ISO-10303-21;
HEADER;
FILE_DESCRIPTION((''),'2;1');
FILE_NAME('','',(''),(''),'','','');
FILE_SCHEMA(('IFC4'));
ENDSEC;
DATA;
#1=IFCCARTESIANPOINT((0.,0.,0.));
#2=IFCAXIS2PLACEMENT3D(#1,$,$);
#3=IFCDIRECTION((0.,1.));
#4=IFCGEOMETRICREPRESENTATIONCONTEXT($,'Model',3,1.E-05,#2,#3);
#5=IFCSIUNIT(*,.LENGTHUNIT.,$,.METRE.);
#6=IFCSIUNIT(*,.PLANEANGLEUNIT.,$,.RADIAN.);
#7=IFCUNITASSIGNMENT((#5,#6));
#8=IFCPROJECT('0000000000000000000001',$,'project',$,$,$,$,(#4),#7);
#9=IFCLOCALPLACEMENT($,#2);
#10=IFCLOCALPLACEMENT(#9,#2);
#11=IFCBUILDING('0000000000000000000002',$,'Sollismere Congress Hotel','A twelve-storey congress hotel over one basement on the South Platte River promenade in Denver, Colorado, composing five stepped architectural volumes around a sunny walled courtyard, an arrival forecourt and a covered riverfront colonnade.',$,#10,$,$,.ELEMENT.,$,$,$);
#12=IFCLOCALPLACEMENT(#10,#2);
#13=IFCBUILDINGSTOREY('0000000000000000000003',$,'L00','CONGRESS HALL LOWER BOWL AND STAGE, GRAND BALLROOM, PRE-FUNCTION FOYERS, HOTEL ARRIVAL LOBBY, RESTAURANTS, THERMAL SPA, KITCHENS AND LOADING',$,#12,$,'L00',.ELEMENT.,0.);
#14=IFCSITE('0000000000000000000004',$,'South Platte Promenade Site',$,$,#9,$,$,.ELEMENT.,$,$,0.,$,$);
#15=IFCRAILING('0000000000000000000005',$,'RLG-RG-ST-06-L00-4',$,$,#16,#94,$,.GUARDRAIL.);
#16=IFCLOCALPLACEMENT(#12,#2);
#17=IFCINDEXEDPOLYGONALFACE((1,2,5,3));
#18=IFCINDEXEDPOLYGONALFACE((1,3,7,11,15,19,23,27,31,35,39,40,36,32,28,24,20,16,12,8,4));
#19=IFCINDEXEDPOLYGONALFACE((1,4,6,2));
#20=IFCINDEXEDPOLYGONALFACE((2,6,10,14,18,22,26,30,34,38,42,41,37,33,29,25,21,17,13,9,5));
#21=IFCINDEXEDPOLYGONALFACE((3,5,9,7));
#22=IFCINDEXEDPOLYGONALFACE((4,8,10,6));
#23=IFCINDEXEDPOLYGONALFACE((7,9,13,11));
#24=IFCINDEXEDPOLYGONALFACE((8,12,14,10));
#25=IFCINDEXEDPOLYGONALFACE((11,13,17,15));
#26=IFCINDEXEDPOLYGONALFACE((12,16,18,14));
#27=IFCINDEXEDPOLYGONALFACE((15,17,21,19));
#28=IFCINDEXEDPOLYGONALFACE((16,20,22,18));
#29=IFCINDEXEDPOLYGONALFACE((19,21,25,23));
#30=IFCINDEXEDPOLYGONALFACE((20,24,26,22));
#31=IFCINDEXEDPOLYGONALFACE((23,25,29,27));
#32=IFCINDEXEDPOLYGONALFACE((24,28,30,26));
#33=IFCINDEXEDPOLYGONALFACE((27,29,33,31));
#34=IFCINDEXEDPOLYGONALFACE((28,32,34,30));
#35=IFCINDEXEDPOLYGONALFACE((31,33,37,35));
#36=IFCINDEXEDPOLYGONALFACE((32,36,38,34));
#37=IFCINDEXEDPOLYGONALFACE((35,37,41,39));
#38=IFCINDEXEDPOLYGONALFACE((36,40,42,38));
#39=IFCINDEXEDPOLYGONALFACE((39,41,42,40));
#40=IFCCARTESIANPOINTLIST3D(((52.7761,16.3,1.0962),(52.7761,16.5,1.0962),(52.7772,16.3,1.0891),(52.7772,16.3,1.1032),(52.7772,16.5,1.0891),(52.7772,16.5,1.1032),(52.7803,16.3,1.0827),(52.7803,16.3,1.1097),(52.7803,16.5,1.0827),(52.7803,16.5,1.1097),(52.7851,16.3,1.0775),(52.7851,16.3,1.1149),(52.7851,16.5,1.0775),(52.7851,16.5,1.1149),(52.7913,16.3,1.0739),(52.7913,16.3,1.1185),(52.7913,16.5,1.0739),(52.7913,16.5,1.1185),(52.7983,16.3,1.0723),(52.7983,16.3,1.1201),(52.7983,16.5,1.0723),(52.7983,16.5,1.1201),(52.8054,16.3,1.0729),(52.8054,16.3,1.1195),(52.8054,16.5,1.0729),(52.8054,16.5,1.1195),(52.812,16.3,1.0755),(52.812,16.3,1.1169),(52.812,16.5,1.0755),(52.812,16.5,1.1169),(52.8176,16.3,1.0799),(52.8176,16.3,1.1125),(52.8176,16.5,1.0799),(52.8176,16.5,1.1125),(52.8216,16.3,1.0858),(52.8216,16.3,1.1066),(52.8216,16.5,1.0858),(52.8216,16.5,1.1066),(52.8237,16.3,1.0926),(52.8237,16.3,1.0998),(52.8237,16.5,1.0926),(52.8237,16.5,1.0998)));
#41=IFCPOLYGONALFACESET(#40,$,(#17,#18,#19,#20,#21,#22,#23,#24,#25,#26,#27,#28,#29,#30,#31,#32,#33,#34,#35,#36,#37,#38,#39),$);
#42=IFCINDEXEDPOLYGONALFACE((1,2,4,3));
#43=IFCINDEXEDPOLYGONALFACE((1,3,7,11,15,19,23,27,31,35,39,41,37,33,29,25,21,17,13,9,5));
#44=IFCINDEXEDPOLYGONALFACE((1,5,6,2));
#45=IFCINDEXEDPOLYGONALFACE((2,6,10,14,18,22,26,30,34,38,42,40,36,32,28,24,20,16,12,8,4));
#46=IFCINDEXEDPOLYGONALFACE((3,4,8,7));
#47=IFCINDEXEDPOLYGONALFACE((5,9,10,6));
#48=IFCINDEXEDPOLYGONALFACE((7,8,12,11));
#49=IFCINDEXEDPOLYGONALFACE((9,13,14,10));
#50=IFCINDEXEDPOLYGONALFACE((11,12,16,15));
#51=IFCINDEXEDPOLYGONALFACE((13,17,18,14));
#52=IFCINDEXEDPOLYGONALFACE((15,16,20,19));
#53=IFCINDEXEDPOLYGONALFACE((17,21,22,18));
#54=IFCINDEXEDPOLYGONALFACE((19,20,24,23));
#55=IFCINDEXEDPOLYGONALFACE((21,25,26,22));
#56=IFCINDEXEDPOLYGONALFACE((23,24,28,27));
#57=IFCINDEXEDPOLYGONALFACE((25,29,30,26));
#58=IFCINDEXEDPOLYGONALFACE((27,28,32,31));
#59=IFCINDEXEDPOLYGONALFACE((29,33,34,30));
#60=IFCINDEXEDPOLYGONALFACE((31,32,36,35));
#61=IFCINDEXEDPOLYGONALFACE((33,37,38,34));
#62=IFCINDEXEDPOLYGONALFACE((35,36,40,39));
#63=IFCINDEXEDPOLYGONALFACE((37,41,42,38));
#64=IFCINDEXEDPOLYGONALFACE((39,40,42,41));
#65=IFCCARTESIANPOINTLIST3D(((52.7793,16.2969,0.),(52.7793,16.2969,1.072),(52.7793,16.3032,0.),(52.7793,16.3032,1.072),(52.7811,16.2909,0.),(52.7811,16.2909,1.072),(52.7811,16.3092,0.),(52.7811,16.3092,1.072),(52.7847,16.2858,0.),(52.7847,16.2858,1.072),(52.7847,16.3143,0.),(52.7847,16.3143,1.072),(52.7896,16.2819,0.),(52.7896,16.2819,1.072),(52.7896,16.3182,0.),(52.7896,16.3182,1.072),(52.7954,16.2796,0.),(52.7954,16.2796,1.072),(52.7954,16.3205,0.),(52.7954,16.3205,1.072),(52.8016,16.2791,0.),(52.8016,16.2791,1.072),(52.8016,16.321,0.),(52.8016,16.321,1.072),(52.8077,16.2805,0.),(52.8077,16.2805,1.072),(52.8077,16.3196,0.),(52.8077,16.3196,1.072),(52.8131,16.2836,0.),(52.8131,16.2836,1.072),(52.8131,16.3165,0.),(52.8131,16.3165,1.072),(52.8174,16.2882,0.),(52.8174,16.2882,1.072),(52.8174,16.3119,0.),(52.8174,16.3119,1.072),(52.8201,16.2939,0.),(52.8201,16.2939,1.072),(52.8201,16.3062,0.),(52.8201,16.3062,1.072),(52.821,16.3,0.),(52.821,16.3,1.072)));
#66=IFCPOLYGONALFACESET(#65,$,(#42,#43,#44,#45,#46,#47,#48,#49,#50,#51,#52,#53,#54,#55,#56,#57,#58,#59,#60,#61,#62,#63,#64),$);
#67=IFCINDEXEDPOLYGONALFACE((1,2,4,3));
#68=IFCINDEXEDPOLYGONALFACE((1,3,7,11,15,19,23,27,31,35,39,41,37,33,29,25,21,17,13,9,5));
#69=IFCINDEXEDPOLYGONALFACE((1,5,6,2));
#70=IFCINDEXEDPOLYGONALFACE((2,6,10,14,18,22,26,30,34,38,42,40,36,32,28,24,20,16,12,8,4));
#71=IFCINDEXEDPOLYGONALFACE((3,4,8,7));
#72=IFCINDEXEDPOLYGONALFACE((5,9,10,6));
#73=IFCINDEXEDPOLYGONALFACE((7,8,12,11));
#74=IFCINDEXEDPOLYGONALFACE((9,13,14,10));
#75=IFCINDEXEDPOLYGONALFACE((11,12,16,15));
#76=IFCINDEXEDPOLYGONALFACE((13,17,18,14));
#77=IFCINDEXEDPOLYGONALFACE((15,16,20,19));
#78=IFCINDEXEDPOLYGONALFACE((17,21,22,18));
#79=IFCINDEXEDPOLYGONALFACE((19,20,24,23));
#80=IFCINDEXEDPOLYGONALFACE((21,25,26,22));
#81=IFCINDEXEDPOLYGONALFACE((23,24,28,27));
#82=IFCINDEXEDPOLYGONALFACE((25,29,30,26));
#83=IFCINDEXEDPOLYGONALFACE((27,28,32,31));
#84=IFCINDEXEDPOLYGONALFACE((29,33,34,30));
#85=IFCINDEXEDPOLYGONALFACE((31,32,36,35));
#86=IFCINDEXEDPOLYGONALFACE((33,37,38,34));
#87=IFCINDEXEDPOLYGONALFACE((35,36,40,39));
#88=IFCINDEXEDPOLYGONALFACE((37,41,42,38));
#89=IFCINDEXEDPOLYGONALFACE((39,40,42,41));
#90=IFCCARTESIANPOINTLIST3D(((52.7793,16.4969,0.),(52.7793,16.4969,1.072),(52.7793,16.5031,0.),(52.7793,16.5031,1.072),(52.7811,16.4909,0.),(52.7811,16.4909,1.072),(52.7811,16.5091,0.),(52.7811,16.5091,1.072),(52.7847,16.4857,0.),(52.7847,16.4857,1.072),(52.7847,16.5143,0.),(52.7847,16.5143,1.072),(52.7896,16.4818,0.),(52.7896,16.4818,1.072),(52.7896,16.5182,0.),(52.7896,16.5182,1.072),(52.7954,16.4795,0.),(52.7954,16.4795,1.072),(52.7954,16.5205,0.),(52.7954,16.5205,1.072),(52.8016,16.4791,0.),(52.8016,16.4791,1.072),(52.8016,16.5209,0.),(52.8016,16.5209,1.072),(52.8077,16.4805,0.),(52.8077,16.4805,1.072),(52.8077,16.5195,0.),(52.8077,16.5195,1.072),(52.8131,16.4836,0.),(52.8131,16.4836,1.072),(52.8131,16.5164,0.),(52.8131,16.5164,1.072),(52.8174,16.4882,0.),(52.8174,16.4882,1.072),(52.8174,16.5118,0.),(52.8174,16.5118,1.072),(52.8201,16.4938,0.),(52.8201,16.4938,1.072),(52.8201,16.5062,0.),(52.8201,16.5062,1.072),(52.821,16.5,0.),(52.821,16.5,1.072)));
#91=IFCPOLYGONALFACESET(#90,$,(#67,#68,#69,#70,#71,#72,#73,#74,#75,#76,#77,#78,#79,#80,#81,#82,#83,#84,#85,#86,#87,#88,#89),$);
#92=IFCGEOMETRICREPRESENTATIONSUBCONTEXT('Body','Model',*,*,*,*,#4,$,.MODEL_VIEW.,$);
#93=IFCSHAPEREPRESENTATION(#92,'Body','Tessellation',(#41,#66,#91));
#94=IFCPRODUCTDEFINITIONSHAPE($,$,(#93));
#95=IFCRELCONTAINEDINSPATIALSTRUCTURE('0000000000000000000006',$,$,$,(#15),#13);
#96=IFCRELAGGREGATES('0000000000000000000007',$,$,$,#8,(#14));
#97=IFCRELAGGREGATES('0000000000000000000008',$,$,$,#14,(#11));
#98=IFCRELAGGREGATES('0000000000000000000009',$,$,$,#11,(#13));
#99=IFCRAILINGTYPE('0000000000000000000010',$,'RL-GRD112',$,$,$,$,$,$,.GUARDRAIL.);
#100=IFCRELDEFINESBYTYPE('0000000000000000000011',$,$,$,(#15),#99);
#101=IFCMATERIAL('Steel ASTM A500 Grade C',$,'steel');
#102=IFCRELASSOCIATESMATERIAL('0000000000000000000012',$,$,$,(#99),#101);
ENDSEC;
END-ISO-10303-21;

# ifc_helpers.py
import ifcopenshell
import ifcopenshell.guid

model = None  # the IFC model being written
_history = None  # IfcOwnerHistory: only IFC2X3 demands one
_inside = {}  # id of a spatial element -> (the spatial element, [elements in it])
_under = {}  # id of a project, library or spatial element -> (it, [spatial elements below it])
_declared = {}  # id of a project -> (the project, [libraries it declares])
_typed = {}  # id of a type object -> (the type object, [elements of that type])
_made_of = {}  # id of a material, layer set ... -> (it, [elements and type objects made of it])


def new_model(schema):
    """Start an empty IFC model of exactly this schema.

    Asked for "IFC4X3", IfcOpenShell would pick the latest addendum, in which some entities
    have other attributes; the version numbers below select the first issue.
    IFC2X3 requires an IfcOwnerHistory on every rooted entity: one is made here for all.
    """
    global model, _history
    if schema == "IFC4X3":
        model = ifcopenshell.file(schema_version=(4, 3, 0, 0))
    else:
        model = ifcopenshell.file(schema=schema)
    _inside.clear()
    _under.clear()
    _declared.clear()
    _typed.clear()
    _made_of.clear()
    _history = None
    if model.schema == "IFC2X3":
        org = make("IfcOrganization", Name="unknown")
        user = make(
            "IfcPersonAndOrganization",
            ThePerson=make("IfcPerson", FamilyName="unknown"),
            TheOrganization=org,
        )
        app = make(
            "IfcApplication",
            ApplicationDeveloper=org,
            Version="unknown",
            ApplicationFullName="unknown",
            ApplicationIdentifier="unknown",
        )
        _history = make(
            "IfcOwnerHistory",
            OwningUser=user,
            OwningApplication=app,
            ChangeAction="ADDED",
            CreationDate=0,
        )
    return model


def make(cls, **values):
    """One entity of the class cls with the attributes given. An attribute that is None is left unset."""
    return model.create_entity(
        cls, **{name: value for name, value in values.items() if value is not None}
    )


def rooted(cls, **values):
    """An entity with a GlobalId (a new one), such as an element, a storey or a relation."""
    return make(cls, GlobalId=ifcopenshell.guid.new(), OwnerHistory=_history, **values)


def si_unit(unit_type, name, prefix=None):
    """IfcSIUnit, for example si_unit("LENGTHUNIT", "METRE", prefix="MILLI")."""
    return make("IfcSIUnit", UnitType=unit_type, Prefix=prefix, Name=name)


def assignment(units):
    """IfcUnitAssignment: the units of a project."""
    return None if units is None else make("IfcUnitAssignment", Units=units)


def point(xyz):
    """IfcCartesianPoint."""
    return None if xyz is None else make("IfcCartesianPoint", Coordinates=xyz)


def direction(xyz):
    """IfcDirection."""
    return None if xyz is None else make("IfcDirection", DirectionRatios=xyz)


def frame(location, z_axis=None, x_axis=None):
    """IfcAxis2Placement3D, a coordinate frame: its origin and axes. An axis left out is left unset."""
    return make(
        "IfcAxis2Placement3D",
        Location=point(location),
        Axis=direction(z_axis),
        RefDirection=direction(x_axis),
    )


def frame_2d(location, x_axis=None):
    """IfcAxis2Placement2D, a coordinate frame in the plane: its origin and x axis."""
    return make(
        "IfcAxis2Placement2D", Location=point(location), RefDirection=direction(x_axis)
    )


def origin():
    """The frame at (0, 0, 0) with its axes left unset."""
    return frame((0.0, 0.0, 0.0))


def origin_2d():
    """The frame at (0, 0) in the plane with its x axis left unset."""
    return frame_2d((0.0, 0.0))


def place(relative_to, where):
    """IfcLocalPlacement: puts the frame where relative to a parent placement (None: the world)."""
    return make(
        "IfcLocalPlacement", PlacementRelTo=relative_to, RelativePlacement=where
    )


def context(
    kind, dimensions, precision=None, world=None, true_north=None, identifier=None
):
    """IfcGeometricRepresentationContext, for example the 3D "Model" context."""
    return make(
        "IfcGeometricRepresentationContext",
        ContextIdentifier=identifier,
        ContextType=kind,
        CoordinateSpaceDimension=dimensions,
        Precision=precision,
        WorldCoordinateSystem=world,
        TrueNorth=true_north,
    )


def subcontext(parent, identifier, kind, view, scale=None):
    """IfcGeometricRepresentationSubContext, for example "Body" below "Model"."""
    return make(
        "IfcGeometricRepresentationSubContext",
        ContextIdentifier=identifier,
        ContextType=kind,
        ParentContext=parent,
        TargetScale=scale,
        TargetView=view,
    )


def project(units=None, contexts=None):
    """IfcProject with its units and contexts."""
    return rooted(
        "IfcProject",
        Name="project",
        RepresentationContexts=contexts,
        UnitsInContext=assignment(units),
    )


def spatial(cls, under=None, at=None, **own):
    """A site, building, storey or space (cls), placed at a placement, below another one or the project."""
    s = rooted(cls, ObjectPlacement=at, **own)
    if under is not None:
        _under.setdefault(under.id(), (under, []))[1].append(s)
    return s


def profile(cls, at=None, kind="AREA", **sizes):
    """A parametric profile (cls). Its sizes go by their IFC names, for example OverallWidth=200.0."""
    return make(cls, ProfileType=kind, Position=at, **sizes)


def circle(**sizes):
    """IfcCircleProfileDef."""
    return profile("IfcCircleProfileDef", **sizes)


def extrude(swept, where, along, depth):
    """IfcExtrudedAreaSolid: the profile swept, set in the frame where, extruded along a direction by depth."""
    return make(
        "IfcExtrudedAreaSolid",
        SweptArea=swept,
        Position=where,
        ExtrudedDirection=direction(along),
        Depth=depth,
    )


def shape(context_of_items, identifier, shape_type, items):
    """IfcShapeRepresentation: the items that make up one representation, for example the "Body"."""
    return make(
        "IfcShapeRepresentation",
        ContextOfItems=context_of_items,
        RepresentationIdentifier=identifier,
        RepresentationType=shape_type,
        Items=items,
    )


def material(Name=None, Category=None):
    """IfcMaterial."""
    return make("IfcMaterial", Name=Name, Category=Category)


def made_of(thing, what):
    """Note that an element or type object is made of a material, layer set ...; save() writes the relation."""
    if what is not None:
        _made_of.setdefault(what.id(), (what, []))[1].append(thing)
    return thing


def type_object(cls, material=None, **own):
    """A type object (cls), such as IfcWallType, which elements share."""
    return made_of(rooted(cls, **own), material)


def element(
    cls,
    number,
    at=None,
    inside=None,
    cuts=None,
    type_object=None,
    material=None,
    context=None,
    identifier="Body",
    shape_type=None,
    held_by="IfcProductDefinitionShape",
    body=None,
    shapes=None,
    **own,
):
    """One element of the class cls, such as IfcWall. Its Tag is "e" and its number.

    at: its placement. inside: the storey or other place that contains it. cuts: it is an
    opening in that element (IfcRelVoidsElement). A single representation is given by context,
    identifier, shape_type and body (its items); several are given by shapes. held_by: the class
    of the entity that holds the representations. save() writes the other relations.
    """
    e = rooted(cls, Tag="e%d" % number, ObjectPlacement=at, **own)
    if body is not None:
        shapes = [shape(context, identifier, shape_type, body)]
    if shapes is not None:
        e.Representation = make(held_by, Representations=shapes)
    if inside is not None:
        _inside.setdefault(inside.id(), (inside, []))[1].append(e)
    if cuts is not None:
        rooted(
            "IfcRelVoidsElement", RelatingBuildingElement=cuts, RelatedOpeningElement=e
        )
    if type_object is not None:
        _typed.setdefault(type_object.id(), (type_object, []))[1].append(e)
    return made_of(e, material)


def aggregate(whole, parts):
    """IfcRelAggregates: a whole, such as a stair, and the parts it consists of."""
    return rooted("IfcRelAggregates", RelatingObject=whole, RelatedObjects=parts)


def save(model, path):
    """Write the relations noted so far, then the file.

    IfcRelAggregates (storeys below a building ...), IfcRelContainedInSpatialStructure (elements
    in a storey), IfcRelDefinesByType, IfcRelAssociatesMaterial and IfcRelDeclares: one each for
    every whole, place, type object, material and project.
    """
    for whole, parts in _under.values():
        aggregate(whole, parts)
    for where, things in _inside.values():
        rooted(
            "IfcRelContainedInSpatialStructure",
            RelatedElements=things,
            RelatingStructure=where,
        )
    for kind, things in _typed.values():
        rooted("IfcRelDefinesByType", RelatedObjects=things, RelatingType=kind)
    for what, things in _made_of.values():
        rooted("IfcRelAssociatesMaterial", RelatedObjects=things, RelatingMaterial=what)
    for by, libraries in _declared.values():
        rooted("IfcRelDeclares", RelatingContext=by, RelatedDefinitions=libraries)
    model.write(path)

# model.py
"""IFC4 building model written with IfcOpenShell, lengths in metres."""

from ifc_helpers import new_model, si_unit, direction, frame, origin, origin_2d, place, context, subcontext, project, spatial, circle, extrude, material, type_object, element, save


model = new_model("IFC4")

# Units and contexts
model_context = context("Model", 3, precision=1e-05, world=origin(), true_north=direction((0.0, 1.0)))
body_context = subcontext(model_context, "Body", "Model", "MODEL_VIEW")
ifc_project = project(units=[si_unit("LENGTHUNIT", "METRE"), si_unit("PLANEANGLEUNIT", "RADIAN")], contexts=[model_context])

# Site, building, storey
site_placement = place(None, origin())
site = spatial("IfcSite", under=ifc_project, at=site_placement, Name="South Platte Promenade Site", CompositionType="ELEMENT", RefElevation=0.0)
building_placement = place(site_placement, origin())
building = spatial("IfcBuilding", under=site, at=building_placement, Name="Sollismere Congress Hotel", Description="A twelve-storey congress hotel over one basement on the South Platte River promenade in Denver, Colorado, composing five stepped architectural volumes around a sunny walled courtyard, an arrival forecourt and a covered riverfront colonnade.", CompositionType="ELEMENT")
storey_placement = place(building_placement, origin())
storey = spatial("IfcBuildingStorey", under=building, at=storey_placement, Name="L00", Description="CONGRESS HALL LOWER BOWL AND STAGE, GRAND BALLROOM, PRE-FUNCTION FOYERS, HOTEL ARRIVAL LOBBY, RESTAURANTS, THERMAL SPA, KITCHENS AND LOADING", LongName="L00", CompositionType="ELEMENT", Elevation=0.0)

# Railing
ifc_material_1 = material(Name="Steel ASTM A500 Grade C", Category="steel")
railing_type_1 = type_object("IfcRailingType", Name="RL-GRD112", PredefinedType="GUARDRAIL", material=ifc_material_1)
railing_1_placement = place(storey_placement, frame((52.8, 16.3, 0.0)))
element("IfcRailing", 1, at=railing_1_placement, inside=storey, type_object=railing_type_1, Name="RLG-RG-ST-06-L00-4", PredefinedType="GUARDRAIL", context=body_context, shape_type="SweptSolid", body=[
    extrude(circle(Radius=0.0239, at=origin_2d()), frame((0.0, 0.0, 1.0962), z_axis=(0.0, 1.0, 0.0), x_axis=(-1.0, 0.0, 0.0)), (0.0, 0.0, 1.0), 0.2),
    extrude(circle(Radius=0.021, at=origin_2d()), origin(), (0.0, 0.0, 1.0), 1.072),
    extrude(circle(Radius=0.021, at=origin_2d()), frame((0.0, 0.2, 0.0)), (0.0, 0.0, 1.0), 1.072),
])

save(model, "model.ifc")
